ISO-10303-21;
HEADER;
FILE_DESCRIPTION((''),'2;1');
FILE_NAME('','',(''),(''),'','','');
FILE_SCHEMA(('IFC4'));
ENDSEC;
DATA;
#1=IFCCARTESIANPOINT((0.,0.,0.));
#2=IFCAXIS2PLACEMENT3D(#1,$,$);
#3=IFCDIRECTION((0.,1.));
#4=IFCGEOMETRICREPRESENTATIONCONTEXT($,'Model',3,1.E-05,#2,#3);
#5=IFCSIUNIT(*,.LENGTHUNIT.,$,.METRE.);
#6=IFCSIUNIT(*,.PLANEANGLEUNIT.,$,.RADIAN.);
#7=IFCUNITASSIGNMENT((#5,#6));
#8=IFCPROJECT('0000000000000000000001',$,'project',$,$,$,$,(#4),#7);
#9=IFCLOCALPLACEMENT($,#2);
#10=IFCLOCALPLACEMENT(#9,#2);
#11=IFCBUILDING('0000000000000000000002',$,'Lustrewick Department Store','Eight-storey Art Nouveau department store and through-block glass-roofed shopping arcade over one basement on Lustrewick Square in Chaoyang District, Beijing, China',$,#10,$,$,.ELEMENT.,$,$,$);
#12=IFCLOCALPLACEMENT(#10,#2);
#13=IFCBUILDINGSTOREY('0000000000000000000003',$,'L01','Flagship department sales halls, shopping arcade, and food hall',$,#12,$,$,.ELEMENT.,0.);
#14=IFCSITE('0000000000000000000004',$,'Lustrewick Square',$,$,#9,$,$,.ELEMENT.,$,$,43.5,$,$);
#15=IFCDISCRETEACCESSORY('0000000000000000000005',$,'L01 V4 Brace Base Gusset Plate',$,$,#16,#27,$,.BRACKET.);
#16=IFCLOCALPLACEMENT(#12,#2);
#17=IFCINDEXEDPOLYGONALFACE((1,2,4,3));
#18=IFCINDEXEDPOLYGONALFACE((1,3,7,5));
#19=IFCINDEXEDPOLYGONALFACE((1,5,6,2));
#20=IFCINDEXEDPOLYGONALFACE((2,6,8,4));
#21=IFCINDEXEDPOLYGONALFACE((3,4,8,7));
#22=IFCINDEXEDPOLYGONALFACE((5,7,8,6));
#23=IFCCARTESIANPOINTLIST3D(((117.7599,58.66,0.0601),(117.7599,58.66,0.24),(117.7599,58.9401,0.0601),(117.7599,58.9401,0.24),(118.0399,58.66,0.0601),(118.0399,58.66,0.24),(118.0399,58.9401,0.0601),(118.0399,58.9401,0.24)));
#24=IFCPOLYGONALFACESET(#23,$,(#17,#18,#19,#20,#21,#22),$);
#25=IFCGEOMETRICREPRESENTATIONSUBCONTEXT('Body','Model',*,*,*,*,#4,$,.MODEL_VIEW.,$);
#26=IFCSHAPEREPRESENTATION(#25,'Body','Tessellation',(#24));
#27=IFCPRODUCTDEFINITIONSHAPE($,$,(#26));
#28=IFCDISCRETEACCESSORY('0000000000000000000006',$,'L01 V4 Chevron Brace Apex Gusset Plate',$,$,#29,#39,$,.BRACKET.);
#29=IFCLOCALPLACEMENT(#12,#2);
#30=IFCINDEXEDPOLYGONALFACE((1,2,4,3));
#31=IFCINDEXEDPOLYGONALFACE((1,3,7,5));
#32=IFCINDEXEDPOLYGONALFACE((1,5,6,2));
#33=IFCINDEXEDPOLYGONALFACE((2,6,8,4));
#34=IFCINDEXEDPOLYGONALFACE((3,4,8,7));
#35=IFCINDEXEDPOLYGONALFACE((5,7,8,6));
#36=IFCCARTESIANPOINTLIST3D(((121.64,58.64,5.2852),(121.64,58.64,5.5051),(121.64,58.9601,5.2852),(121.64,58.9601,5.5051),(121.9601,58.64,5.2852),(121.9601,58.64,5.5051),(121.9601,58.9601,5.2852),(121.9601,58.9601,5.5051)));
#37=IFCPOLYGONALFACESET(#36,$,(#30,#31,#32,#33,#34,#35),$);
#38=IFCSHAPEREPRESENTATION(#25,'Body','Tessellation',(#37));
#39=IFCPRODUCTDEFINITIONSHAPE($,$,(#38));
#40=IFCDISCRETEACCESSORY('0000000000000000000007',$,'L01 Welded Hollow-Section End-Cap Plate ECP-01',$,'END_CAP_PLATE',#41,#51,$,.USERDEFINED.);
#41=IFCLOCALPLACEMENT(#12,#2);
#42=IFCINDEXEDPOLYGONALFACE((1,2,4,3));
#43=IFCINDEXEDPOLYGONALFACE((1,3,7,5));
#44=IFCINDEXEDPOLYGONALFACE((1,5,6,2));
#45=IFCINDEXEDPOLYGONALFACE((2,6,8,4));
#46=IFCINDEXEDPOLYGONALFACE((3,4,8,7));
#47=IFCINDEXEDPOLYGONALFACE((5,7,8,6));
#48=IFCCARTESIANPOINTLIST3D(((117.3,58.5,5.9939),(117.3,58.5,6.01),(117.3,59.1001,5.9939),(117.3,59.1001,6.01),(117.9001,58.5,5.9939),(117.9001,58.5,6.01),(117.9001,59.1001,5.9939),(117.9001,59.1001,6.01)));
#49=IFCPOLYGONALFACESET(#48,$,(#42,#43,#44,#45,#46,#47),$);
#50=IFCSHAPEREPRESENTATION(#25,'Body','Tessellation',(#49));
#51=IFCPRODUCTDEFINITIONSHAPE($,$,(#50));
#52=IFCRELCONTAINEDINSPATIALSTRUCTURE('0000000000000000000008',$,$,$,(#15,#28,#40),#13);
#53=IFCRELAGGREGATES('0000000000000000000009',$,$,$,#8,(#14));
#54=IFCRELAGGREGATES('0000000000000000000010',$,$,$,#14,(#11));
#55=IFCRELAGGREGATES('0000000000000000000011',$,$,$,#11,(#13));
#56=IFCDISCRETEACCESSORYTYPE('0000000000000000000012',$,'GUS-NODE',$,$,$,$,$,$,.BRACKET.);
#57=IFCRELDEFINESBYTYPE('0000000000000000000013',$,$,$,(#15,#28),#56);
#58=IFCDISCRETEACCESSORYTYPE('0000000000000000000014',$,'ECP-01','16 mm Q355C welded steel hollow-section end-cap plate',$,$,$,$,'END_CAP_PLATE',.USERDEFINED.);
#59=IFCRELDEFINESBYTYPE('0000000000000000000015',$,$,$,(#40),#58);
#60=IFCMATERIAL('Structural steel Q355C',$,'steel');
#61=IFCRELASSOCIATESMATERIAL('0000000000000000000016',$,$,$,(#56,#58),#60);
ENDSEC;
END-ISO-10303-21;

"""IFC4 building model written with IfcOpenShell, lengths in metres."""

from ifc_helpers import new_model, si_unit, direction, frame, origin, origin_2d, place, context, subcontext, project, spatial, rectangle, extrude, material, type_object, element, save


model = new_model("IFC4")

# Units and contexts
model_context = context("Model", 3, precision=1e-05, world=origin(), true_north=direction((0.0, 1.0)))
body_context = subcontext(model_context, "Body", "Model", "MODEL_VIEW")
ifc_project = project(units=[si_unit("LENGTHUNIT", "METRE"), si_unit("PLANEANGLEUNIT", "RADIAN")], contexts=[model_context])

# Site, building, storey
site_placement = place(None, origin())
site = spatial("IfcSite", under=ifc_project, at=site_placement, Name="Lustrewick Square", CompositionType="ELEMENT", RefElevation=43.5)
building_placement = place(site_placement, origin())
building = spatial("IfcBuilding", under=site, at=building_placement, Name="Lustrewick Department Store", Description="Eight-storey Art Nouveau department store and through-block glass-roofed shopping arcade over one basement on Lustrewick Square in Chaoyang District, Beijing, China", CompositionType="ELEMENT")
storey_placement = place(building_placement, origin())
storey = spatial("IfcBuildingStorey", under=building, at=storey_placement, Name="L01", Description="Flagship department sales halls, shopping arcade, and food hall", CompositionType="ELEMENT", Elevation=0.0)

# Shared definitions
ifc_material_1 = material(Name="Structural steel Q355C", Category="steel")

# Discrete accessories
discrete_accessory_type_1 = type_object("IfcDiscreteAccessoryType", Name="GUS-NODE", PredefinedType="BRACKET", material=ifc_material_1)
discrete_accessory_1_placement = place(storey_placement, frame((117.8999, 58.8, 0.0601), z_axis=(0.0, 0.0, 1.0), x_axis=(1.0, 0.0, 0.0)))
element("IfcDiscreteAccessory", 1, at=discrete_accessory_1_placement, inside=storey, type_object=discrete_accessory_type_1, Name="L01 V4 Brace Base Gusset Plate", PredefinedType="BRACKET", context=body_context, shape_type="SweptSolid", body=[
    extrude(rectangle(XDim=0.28, YDim=0.28, at=origin_2d()), origin(), (0.0, 0.0, 1.0), 0.1799),
])
discrete_accessory_2_placement = place(storey_placement, frame((121.8, 58.8, 5.2852), z_axis=(0.0, 0.0, 1.0), x_axis=(1.0, 0.0, 0.0)))
element("IfcDiscreteAccessory", 2, at=discrete_accessory_2_placement, inside=storey, type_object=discrete_accessory_type_1, Name="L01 V4 Chevron Brace Apex Gusset Plate", PredefinedType="BRACKET", context=body_context, shape_type="SweptSolid", body=[
    extrude(rectangle(XDim=0.3201, YDim=0.3201, at=origin_2d()), origin(), (0.0, 0.0, 1.0), 0.22),
])
discrete_accessory_type_2 = type_object("IfcDiscreteAccessoryType", Name="ECP-01", Description="16 mm Q355C welded steel hollow-section end-cap plate", ElementType="END_CAP_PLATE", PredefinedType="USERDEFINED", material=ifc_material_1)
discrete_accessory_3_placement = place(storey_placement, frame((117.6001, 58.8, 5.9939), z_axis=(0.0, 0.0, 1.0), x_axis=(1.0, 0.0, 0.0)))
element("IfcDiscreteAccessory", 3, at=discrete_accessory_3_placement, inside=storey, type_object=discrete_accessory_type_2, Name="L01 Welded Hollow-Section End-Cap Plate ECP-01", ObjectType="END_CAP_PLATE", PredefinedType="USERDEFINED", context=body_context, shape_type="SweptSolid", body=[
    extrude(rectangle(XDim=0.6001, YDim=0.6001, at=origin_2d()), origin(), (0.0, 0.0, 1.0), 0.0161),
])

save(model, "model.ifc")
